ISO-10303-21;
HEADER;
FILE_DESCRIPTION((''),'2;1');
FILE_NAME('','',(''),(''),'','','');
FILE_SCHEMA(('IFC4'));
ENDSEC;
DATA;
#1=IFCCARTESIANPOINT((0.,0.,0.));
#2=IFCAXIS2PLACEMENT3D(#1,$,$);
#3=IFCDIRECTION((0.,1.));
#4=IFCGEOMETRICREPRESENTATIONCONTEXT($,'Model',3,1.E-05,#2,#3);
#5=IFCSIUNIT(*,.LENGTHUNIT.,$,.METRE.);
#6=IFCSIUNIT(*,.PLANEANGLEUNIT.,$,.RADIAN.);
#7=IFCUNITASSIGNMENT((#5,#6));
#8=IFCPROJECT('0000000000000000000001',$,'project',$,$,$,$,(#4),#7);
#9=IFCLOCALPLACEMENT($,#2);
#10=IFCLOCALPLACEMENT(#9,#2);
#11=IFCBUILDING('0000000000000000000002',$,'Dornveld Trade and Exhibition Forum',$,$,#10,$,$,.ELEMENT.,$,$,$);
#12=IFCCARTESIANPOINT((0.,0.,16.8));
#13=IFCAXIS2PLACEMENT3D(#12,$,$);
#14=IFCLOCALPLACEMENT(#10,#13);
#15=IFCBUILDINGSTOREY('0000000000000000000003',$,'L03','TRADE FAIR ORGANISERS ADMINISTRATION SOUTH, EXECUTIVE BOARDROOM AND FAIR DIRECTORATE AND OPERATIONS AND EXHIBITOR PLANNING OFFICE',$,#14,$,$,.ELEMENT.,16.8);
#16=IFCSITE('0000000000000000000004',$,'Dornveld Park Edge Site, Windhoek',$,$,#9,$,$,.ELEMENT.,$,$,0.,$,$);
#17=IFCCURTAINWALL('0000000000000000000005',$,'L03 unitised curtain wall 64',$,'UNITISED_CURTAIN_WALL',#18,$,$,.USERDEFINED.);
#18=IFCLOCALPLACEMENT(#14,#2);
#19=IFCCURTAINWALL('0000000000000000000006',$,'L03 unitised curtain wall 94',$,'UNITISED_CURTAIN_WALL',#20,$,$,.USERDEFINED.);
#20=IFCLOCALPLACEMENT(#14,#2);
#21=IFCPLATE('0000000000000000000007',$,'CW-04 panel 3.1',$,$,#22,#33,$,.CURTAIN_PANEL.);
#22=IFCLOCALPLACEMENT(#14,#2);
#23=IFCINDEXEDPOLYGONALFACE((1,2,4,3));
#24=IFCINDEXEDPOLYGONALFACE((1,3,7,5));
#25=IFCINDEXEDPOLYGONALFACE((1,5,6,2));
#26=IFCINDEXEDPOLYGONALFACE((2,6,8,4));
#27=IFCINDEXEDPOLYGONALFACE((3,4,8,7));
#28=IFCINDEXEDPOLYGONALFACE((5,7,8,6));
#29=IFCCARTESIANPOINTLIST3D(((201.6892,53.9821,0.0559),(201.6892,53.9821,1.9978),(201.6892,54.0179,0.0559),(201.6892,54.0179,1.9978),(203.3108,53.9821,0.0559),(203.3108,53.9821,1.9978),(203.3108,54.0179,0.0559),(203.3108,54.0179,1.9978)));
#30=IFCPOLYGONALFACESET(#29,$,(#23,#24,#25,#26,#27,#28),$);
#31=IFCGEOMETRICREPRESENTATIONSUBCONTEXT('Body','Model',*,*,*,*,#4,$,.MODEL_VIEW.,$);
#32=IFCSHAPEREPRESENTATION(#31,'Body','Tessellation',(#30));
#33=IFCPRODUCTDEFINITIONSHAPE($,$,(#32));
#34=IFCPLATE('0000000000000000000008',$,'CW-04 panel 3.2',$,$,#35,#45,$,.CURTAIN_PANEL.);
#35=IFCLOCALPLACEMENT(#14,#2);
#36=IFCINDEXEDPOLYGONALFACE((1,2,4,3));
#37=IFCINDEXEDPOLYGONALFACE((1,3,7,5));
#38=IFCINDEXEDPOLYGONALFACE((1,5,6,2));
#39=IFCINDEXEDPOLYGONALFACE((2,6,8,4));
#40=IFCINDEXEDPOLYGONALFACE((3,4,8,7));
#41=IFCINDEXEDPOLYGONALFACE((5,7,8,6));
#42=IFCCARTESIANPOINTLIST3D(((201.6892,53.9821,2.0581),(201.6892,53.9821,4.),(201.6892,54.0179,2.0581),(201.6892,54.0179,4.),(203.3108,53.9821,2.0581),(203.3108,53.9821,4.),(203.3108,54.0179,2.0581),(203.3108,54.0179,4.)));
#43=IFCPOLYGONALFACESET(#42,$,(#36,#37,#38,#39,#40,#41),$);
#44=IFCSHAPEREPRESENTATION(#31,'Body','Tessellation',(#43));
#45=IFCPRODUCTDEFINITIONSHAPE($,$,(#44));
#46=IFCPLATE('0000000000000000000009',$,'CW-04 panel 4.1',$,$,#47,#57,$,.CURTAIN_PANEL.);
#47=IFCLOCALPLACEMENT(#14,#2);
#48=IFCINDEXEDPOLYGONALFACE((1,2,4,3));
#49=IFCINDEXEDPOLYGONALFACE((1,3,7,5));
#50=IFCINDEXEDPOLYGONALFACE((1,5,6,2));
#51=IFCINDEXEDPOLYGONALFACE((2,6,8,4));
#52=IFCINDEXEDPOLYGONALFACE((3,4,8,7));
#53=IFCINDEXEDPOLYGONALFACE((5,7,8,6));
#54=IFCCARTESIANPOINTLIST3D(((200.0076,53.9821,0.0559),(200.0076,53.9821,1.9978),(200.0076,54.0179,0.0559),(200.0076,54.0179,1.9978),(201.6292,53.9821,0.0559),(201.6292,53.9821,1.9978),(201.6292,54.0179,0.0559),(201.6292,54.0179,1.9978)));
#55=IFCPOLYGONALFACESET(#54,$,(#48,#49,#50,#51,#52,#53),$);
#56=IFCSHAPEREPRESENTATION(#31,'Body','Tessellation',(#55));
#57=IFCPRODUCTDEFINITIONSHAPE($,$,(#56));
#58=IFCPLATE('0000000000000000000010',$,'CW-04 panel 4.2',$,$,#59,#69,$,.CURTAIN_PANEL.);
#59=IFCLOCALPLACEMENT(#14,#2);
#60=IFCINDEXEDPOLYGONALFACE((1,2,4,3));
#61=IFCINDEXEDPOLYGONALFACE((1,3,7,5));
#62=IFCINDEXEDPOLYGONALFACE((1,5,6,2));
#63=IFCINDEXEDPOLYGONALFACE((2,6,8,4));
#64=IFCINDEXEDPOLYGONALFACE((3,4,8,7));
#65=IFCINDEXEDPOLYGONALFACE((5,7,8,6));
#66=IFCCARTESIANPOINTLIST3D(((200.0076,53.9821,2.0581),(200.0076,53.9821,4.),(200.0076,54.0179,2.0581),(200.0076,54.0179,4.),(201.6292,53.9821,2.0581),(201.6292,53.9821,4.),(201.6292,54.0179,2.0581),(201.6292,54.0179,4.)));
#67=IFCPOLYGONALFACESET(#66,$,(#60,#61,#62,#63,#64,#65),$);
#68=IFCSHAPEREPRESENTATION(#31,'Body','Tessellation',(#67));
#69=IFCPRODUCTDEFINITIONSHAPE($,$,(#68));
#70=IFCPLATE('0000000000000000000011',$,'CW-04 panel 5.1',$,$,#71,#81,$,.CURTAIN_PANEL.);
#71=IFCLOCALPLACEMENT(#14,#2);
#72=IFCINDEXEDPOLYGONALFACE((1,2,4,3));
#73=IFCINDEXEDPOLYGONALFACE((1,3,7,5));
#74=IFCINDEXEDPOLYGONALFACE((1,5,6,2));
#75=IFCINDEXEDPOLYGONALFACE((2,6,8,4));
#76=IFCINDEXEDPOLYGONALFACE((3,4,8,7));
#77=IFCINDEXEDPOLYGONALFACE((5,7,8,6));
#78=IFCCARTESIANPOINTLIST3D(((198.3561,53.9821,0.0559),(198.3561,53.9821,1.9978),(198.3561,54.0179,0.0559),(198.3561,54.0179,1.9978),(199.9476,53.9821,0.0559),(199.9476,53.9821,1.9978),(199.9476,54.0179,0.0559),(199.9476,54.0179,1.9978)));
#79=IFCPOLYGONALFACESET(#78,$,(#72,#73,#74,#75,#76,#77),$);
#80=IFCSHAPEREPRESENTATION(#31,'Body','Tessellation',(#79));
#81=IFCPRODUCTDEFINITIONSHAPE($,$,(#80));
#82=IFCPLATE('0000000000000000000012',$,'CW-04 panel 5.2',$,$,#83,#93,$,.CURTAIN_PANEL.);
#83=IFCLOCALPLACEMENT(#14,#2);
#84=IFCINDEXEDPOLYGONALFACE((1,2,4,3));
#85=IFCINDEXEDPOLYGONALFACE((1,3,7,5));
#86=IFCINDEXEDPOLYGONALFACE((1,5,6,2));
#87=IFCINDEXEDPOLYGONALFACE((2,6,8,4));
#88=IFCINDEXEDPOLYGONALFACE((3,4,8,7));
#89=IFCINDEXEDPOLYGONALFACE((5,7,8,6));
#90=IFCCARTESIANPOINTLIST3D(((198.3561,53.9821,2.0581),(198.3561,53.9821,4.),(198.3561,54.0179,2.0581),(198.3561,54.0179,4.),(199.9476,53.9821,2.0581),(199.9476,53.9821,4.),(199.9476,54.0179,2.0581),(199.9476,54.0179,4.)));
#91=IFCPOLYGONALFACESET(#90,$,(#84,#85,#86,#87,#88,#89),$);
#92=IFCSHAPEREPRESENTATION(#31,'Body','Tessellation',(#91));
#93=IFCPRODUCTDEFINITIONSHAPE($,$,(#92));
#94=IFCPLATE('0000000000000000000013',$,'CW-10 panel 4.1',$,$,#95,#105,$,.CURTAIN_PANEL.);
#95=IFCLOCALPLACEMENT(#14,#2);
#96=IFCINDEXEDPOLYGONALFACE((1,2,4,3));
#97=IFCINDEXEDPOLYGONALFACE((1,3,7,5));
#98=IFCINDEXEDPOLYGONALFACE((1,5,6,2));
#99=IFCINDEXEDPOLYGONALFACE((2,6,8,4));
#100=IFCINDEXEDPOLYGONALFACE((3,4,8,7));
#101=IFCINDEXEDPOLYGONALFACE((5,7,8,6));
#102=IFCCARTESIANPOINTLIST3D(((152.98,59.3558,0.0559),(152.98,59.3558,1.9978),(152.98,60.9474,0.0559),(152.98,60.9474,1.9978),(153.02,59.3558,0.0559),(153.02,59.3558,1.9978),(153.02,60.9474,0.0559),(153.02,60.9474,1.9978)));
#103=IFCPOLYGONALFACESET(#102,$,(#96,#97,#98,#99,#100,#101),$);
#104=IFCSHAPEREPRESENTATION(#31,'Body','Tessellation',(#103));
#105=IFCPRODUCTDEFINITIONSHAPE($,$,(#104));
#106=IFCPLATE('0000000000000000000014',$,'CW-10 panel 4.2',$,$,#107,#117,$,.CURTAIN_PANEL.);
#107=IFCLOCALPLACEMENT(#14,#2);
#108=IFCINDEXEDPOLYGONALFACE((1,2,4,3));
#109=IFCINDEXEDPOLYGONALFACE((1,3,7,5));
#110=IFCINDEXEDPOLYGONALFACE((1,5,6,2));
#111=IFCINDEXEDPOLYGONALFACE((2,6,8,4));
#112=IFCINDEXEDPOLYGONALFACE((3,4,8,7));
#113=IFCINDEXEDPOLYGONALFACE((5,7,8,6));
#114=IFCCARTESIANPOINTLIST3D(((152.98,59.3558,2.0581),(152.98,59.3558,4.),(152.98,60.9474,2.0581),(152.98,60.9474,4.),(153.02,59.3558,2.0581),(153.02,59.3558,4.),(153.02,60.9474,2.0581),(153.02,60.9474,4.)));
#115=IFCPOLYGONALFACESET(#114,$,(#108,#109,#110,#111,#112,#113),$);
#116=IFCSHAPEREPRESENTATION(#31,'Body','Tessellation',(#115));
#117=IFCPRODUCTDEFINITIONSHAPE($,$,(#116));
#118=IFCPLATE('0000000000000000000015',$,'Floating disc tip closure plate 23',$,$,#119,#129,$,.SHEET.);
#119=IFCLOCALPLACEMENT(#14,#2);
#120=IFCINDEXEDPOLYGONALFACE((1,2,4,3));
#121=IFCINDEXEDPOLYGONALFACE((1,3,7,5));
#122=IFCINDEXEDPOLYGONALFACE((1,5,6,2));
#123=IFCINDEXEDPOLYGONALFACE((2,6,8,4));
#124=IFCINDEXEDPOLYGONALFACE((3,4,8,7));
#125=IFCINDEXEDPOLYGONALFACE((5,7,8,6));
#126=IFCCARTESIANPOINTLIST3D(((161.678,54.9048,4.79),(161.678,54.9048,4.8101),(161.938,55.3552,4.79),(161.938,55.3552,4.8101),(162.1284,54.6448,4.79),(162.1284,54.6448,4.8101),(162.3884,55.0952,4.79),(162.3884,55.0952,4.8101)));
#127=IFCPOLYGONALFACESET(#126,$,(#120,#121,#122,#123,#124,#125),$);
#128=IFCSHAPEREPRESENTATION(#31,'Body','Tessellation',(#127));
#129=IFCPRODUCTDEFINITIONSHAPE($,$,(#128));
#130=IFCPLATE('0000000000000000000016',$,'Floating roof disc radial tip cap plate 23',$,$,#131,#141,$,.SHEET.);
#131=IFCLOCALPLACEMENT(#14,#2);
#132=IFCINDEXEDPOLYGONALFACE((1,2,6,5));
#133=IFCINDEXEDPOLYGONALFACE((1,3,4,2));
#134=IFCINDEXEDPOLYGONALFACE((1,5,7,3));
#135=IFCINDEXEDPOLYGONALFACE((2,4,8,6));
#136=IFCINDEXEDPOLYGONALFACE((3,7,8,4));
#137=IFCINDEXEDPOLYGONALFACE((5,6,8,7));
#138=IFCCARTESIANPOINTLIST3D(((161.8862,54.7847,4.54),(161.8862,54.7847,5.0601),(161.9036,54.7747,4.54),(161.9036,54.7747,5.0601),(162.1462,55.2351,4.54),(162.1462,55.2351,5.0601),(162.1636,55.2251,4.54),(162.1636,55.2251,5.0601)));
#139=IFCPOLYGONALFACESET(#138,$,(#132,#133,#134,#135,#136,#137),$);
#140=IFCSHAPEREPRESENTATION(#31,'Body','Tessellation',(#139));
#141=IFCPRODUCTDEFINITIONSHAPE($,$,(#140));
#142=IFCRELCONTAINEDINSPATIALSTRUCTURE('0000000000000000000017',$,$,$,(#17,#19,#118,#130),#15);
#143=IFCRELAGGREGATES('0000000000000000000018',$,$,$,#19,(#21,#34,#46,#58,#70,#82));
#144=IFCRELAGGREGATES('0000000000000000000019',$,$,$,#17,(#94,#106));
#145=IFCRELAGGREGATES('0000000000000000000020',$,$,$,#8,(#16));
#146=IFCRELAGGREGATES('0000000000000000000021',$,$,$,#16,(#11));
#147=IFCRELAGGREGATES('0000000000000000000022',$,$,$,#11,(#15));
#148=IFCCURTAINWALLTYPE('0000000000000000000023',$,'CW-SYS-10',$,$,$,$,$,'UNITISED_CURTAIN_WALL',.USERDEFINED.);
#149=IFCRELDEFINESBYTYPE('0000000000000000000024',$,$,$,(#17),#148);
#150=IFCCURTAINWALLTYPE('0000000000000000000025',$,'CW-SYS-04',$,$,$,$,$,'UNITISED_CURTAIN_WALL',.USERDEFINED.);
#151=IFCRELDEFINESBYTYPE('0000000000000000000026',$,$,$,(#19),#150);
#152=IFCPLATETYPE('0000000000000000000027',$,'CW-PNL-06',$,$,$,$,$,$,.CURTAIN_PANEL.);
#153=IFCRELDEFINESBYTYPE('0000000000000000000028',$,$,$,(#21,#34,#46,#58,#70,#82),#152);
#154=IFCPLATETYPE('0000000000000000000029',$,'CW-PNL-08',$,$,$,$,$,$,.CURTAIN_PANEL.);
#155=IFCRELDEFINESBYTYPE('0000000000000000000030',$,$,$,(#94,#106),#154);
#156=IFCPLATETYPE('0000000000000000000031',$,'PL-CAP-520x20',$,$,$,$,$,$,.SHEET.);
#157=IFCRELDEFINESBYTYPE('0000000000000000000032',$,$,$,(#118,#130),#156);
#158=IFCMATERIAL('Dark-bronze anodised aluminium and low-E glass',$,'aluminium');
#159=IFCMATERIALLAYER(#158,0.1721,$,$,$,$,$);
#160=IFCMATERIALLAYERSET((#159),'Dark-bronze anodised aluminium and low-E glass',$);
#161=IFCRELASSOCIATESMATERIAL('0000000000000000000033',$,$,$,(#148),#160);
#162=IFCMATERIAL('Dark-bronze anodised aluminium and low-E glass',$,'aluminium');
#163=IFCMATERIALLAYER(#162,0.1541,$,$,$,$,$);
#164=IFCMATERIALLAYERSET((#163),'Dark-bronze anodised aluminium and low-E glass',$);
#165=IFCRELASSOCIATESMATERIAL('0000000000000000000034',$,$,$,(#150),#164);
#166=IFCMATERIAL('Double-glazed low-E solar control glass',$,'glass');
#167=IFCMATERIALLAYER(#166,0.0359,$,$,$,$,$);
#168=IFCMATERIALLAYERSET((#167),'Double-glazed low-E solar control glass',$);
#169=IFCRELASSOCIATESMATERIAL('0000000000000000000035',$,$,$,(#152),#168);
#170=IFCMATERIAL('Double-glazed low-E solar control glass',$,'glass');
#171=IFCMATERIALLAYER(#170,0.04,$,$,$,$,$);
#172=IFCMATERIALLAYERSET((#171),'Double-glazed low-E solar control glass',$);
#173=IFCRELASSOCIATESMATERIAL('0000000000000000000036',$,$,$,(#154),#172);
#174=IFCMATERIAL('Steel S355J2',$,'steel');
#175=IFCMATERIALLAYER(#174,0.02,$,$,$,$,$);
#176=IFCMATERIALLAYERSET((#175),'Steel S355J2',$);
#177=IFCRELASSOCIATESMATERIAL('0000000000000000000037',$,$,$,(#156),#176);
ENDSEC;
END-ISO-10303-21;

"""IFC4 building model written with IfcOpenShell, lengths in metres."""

from ifc_helpers import new_model, si_unit, direction, frame, origin, origin_2d, place, context, subcontext, project, spatial, rectangle, extrude, material, layer, layer_set, type_object, element, aggregate, save


model = new_model("IFC4")

# Units and contexts
model_context = context("Model", 3, precision=1e-05, world=origin(), true_north=direction((0.0, 1.0)))
body_context = subcontext(model_context, "Body", "Model", "MODEL_VIEW")
ifc_project = project(units=[si_unit("LENGTHUNIT", "METRE"), si_unit("PLANEANGLEUNIT", "RADIAN")], contexts=[model_context])

# Site, building, storey
site_placement = place(None, origin())
site = spatial("IfcSite", under=ifc_project, at=site_placement, Name="Dornveld Park Edge Site, Windhoek", CompositionType="ELEMENT", RefElevation=0.0)
building_placement = place(site_placement, origin())
building = spatial("IfcBuilding", under=site, at=building_placement, Name="Dornveld Trade and Exhibition Forum", CompositionType="ELEMENT")
storey_placement = place(building_placement, frame((0.0, 0.0, 16.8)))
storey = spatial("IfcBuildingStorey", under=building, at=storey_placement, Name="L03", Description="TRADE FAIR ORGANISERS ADMINISTRATION SOUTH, EXECUTIVE BOARDROOM AND FAIR DIRECTORATE AND OPERATIONS AND EXHIBITOR PLANNING OFFICE", CompositionType="ELEMENT", Elevation=16.8)

# Curtain wall
ifc_material_1 = material(Name="Dark-bronze anodised aluminium and low-E glass", Category="aluminium")
ifc_layer_1 = layer(ifc_material_1, 0.1721)
ifc_layer_set_1 = layer_set([ifc_layer_1], Name="Dark-bronze anodised aluminium and low-E glass")
curtain_wall_type_1 = type_object("IfcCurtainWallType", Name="CW-SYS-10", ElementType="UNITISED_CURTAIN_WALL", PredefinedType="USERDEFINED", material=ifc_layer_set_1)
curtain_wall_1_placement = place(storey_placement, origin())
curtain_wall_1 = element("IfcCurtainWall", 1, at=curtain_wall_1_placement, inside=storey, type_object=curtain_wall_type_1, Name="L03 unitised curtain wall 64", ObjectType="UNITISED_CURTAIN_WALL", PredefinedType="USERDEFINED")

# Curtain wall
ifc_material_2 = material(Name="Dark-bronze anodised aluminium and low-E glass", Category="aluminium")
ifc_layer_2 = layer(ifc_material_2, 0.1541)
ifc_layer_set_2 = layer_set([ifc_layer_2], Name="Dark-bronze anodised aluminium and low-E glass")
curtain_wall_type_2 = type_object("IfcCurtainWallType", Name="CW-SYS-04", ElementType="UNITISED_CURTAIN_WALL", PredefinedType="USERDEFINED", material=ifc_layer_set_2)
curtain_wall_2_placement = place(storey_placement, origin())
curtain_wall_2 = element("IfcCurtainWall", 2, at=curtain_wall_2_placement, inside=storey, type_object=curtain_wall_type_2, Name="L03 unitised curtain wall 94", ObjectType="UNITISED_CURTAIN_WALL", PredefinedType="USERDEFINED")

# Plates
ifc_material_3 = material(Name="Double-glazed low-E solar control glass", Category="glass")
ifc_layer_3 = layer(ifc_material_3, 0.0359)
ifc_layer_set_3 = layer_set([ifc_layer_3], Name="Double-glazed low-E solar control glass")
plate_type_1 = type_object("IfcPlateType", Name="CW-PNL-06", PredefinedType="CURTAIN_PANEL", material=ifc_layer_set_3)
plate_1_placement = place(storey_placement, frame((202.5, 54.0, 0.0559), z_axis=(0.0, 0.0, 1.0), x_axis=(-1.0, 0.0, 0.0)))
plate_1 = element("IfcPlate", 3, at=plate_1_placement, type_object=plate_type_1, Name="CW-04 panel 3.1", PredefinedType="CURTAIN_PANEL", context=body_context, shape_type="SweptSolid", body=[
    extrude(rectangle(XDim=1.6216, YDim=0.0359, at=origin_2d()), origin(), (0.0, 0.0, 1.0), 1.9419),
])
plate_2_placement = place(storey_placement, frame((202.5, 54.0, 2.0581), z_axis=(0.0, 0.0, 1.0), x_axis=(-1.0, 0.0, 0.0)))
plate_2 = element("IfcPlate", 4, at=plate_2_placement, type_object=plate_type_1, Name="CW-04 panel 3.2", PredefinedType="CURTAIN_PANEL", context=body_context, shape_type="SweptSolid", body=[
    extrude(rectangle(XDim=1.6216, YDim=0.0359, at=origin_2d()), origin(), (0.0, 0.0, 1.0), 1.9419),
])
plate_3_placement = place(storey_placement, frame((200.8184, 54.0, 0.0559), z_axis=(0.0, 0.0, 1.0), x_axis=(-1.0, 0.0, 0.0)))
plate_3 = element("IfcPlate", 5, at=plate_3_placement, type_object=plate_type_1, Name="CW-04 panel 4.1", PredefinedType="CURTAIN_PANEL", context=body_context, shape_type="SweptSolid", body=[
    extrude(rectangle(XDim=1.6216, YDim=0.0359, at=origin_2d()), origin(), (0.0, 0.0, 1.0), 1.9419),
])
plate_4_placement = place(storey_placement, frame((200.8184, 54.0, 2.0581), z_axis=(0.0, 0.0, 1.0), x_axis=(-1.0, 0.0, 0.0)))
plate_4 = element("IfcPlate", 6, at=plate_4_placement, type_object=plate_type_1, Name="CW-04 panel 4.2", PredefinedType="CURTAIN_PANEL", context=body_context, shape_type="SweptSolid", body=[
    extrude(rectangle(XDim=1.6216, YDim=0.0359, at=origin_2d()), origin(), (0.0, 0.0, 1.0), 1.9419),
])
plate_5_placement = place(storey_placement, frame((199.1519, 54.0, 0.0559), z_axis=(0.0, 0.0, 1.0), x_axis=(-1.0, 0.0, 0.0)))
plate_5 = element("IfcPlate", 7, at=plate_5_placement, type_object=plate_type_1, Name="CW-04 panel 5.1", PredefinedType="CURTAIN_PANEL", context=body_context, shape_type="SweptSolid", body=[
    extrude(rectangle(XDim=1.5916, YDim=0.0359, at=origin_2d()), origin(), (0.0, 0.0, 1.0), 1.9419),
])
plate_6_placement = place(storey_placement, frame((199.1519, 54.0, 2.0581), z_axis=(0.0, 0.0, 1.0), x_axis=(-1.0, 0.0, 0.0)))
plate_6 = element("IfcPlate", 8, at=plate_6_placement, type_object=plate_type_1, Name="CW-04 panel 5.2", PredefinedType="CURTAIN_PANEL", context=body_context, shape_type="SweptSolid", body=[
    extrude(rectangle(XDim=1.5916, YDim=0.0359, at=origin_2d()), origin(), (0.0, 0.0, 1.0), 1.9419),
])
aggregate(curtain_wall_2, [plate_1, plate_2, plate_3, plate_4, plate_5, plate_6])
ifc_material_4 = material(Name="Double-glazed low-E solar control glass", Category="glass")
ifc_layer_4 = layer(ifc_material_4, 0.04)
ifc_layer_set_4 = layer_set([ifc_layer_4], Name="Double-glazed low-E solar control glass")
plate_type_2 = type_object("IfcPlateType", Name="CW-PNL-08", PredefinedType="CURTAIN_PANEL", material=ifc_layer_set_4)
plate_7_placement = place(storey_placement, frame((153.0, 60.1516, 0.0559), z_axis=(0.0, 0.0, 1.0), x_axis=(0.0, 1.0, 0.0)))
plate_7 = element("IfcPlate", 9, at=plate_7_placement, type_object=plate_type_2, Name="CW-10 panel 4.1", PredefinedType="CURTAIN_PANEL", context=body_context, shape_type="SweptSolid", body=[
    extrude(rectangle(XDim=1.5916, YDim=0.04, at=origin_2d()), origin(), (0.0, 0.0, 1.0), 1.9419),
])
plate_8_placement = place(storey_placement, frame((153.0, 60.1516, 2.0581), z_axis=(0.0, 0.0, 1.0), x_axis=(0.0, 1.0, 0.0)))
plate_8 = element("IfcPlate", 10, at=plate_8_placement, type_object=plate_type_2, Name="CW-10 panel 4.2", PredefinedType="CURTAIN_PANEL", context=body_context, shape_type="SweptSolid", body=[
    extrude(rectangle(XDim=1.5916, YDim=0.04, at=origin_2d()), origin(), (0.0, 0.0, 1.0), 1.9419),
])
aggregate(curtain_wall_1, [plate_7, plate_8])

# Plates
ifc_material_5 = material(Name="Steel S355J2", Category="steel")
ifc_layer_5 = layer(ifc_material_5, 0.02)
ifc_layer_set_5 = layer_set([ifc_layer_5], Name="Steel S355J2")
plate_type_3 = type_object("IfcPlateType", Name="PL-CAP-520x20", PredefinedType="SHEET", material=ifc_layer_set_5)
plate_9_placement = place(storey_placement, frame((162.0332, 55.0, 4.79), z_axis=(0.0, 0.0, 1.0), x_axis=(0.866025, -0.5, 0.0)))
element("IfcPlate", 11, at=plate_9_placement, inside=storey, type_object=plate_type_3, Name="Floating disc tip closure plate 23", PredefinedType="SHEET", context=body_context, shape_type="SweptSolid", body=[
    extrude(rectangle(XDim=0.52, YDim=0.52, at=origin_2d()), origin(), (0.0, 0.0, 1.0), 0.02),
])
plate_10_placement = place(storey_placement, frame((162.0249, 55.0049, 4.54), z_axis=(0.0, 0.0, 1.0), x_axis=(0.866025, -0.5, 0.0)))
element("IfcPlate", 12, at=plate_10_placement, inside=storey, type_object=plate_type_3, Name="Floating roof disc radial tip cap plate 23", PredefinedType="SHEET", context=body_context, shape_type="SweptSolid", body=[
    extrude(rectangle(XDim=0.02, YDim=0.52, at=origin_2d()), origin(), (0.0, 0.0, 1.0), 0.52),
])

save(model, "model.ifc")
